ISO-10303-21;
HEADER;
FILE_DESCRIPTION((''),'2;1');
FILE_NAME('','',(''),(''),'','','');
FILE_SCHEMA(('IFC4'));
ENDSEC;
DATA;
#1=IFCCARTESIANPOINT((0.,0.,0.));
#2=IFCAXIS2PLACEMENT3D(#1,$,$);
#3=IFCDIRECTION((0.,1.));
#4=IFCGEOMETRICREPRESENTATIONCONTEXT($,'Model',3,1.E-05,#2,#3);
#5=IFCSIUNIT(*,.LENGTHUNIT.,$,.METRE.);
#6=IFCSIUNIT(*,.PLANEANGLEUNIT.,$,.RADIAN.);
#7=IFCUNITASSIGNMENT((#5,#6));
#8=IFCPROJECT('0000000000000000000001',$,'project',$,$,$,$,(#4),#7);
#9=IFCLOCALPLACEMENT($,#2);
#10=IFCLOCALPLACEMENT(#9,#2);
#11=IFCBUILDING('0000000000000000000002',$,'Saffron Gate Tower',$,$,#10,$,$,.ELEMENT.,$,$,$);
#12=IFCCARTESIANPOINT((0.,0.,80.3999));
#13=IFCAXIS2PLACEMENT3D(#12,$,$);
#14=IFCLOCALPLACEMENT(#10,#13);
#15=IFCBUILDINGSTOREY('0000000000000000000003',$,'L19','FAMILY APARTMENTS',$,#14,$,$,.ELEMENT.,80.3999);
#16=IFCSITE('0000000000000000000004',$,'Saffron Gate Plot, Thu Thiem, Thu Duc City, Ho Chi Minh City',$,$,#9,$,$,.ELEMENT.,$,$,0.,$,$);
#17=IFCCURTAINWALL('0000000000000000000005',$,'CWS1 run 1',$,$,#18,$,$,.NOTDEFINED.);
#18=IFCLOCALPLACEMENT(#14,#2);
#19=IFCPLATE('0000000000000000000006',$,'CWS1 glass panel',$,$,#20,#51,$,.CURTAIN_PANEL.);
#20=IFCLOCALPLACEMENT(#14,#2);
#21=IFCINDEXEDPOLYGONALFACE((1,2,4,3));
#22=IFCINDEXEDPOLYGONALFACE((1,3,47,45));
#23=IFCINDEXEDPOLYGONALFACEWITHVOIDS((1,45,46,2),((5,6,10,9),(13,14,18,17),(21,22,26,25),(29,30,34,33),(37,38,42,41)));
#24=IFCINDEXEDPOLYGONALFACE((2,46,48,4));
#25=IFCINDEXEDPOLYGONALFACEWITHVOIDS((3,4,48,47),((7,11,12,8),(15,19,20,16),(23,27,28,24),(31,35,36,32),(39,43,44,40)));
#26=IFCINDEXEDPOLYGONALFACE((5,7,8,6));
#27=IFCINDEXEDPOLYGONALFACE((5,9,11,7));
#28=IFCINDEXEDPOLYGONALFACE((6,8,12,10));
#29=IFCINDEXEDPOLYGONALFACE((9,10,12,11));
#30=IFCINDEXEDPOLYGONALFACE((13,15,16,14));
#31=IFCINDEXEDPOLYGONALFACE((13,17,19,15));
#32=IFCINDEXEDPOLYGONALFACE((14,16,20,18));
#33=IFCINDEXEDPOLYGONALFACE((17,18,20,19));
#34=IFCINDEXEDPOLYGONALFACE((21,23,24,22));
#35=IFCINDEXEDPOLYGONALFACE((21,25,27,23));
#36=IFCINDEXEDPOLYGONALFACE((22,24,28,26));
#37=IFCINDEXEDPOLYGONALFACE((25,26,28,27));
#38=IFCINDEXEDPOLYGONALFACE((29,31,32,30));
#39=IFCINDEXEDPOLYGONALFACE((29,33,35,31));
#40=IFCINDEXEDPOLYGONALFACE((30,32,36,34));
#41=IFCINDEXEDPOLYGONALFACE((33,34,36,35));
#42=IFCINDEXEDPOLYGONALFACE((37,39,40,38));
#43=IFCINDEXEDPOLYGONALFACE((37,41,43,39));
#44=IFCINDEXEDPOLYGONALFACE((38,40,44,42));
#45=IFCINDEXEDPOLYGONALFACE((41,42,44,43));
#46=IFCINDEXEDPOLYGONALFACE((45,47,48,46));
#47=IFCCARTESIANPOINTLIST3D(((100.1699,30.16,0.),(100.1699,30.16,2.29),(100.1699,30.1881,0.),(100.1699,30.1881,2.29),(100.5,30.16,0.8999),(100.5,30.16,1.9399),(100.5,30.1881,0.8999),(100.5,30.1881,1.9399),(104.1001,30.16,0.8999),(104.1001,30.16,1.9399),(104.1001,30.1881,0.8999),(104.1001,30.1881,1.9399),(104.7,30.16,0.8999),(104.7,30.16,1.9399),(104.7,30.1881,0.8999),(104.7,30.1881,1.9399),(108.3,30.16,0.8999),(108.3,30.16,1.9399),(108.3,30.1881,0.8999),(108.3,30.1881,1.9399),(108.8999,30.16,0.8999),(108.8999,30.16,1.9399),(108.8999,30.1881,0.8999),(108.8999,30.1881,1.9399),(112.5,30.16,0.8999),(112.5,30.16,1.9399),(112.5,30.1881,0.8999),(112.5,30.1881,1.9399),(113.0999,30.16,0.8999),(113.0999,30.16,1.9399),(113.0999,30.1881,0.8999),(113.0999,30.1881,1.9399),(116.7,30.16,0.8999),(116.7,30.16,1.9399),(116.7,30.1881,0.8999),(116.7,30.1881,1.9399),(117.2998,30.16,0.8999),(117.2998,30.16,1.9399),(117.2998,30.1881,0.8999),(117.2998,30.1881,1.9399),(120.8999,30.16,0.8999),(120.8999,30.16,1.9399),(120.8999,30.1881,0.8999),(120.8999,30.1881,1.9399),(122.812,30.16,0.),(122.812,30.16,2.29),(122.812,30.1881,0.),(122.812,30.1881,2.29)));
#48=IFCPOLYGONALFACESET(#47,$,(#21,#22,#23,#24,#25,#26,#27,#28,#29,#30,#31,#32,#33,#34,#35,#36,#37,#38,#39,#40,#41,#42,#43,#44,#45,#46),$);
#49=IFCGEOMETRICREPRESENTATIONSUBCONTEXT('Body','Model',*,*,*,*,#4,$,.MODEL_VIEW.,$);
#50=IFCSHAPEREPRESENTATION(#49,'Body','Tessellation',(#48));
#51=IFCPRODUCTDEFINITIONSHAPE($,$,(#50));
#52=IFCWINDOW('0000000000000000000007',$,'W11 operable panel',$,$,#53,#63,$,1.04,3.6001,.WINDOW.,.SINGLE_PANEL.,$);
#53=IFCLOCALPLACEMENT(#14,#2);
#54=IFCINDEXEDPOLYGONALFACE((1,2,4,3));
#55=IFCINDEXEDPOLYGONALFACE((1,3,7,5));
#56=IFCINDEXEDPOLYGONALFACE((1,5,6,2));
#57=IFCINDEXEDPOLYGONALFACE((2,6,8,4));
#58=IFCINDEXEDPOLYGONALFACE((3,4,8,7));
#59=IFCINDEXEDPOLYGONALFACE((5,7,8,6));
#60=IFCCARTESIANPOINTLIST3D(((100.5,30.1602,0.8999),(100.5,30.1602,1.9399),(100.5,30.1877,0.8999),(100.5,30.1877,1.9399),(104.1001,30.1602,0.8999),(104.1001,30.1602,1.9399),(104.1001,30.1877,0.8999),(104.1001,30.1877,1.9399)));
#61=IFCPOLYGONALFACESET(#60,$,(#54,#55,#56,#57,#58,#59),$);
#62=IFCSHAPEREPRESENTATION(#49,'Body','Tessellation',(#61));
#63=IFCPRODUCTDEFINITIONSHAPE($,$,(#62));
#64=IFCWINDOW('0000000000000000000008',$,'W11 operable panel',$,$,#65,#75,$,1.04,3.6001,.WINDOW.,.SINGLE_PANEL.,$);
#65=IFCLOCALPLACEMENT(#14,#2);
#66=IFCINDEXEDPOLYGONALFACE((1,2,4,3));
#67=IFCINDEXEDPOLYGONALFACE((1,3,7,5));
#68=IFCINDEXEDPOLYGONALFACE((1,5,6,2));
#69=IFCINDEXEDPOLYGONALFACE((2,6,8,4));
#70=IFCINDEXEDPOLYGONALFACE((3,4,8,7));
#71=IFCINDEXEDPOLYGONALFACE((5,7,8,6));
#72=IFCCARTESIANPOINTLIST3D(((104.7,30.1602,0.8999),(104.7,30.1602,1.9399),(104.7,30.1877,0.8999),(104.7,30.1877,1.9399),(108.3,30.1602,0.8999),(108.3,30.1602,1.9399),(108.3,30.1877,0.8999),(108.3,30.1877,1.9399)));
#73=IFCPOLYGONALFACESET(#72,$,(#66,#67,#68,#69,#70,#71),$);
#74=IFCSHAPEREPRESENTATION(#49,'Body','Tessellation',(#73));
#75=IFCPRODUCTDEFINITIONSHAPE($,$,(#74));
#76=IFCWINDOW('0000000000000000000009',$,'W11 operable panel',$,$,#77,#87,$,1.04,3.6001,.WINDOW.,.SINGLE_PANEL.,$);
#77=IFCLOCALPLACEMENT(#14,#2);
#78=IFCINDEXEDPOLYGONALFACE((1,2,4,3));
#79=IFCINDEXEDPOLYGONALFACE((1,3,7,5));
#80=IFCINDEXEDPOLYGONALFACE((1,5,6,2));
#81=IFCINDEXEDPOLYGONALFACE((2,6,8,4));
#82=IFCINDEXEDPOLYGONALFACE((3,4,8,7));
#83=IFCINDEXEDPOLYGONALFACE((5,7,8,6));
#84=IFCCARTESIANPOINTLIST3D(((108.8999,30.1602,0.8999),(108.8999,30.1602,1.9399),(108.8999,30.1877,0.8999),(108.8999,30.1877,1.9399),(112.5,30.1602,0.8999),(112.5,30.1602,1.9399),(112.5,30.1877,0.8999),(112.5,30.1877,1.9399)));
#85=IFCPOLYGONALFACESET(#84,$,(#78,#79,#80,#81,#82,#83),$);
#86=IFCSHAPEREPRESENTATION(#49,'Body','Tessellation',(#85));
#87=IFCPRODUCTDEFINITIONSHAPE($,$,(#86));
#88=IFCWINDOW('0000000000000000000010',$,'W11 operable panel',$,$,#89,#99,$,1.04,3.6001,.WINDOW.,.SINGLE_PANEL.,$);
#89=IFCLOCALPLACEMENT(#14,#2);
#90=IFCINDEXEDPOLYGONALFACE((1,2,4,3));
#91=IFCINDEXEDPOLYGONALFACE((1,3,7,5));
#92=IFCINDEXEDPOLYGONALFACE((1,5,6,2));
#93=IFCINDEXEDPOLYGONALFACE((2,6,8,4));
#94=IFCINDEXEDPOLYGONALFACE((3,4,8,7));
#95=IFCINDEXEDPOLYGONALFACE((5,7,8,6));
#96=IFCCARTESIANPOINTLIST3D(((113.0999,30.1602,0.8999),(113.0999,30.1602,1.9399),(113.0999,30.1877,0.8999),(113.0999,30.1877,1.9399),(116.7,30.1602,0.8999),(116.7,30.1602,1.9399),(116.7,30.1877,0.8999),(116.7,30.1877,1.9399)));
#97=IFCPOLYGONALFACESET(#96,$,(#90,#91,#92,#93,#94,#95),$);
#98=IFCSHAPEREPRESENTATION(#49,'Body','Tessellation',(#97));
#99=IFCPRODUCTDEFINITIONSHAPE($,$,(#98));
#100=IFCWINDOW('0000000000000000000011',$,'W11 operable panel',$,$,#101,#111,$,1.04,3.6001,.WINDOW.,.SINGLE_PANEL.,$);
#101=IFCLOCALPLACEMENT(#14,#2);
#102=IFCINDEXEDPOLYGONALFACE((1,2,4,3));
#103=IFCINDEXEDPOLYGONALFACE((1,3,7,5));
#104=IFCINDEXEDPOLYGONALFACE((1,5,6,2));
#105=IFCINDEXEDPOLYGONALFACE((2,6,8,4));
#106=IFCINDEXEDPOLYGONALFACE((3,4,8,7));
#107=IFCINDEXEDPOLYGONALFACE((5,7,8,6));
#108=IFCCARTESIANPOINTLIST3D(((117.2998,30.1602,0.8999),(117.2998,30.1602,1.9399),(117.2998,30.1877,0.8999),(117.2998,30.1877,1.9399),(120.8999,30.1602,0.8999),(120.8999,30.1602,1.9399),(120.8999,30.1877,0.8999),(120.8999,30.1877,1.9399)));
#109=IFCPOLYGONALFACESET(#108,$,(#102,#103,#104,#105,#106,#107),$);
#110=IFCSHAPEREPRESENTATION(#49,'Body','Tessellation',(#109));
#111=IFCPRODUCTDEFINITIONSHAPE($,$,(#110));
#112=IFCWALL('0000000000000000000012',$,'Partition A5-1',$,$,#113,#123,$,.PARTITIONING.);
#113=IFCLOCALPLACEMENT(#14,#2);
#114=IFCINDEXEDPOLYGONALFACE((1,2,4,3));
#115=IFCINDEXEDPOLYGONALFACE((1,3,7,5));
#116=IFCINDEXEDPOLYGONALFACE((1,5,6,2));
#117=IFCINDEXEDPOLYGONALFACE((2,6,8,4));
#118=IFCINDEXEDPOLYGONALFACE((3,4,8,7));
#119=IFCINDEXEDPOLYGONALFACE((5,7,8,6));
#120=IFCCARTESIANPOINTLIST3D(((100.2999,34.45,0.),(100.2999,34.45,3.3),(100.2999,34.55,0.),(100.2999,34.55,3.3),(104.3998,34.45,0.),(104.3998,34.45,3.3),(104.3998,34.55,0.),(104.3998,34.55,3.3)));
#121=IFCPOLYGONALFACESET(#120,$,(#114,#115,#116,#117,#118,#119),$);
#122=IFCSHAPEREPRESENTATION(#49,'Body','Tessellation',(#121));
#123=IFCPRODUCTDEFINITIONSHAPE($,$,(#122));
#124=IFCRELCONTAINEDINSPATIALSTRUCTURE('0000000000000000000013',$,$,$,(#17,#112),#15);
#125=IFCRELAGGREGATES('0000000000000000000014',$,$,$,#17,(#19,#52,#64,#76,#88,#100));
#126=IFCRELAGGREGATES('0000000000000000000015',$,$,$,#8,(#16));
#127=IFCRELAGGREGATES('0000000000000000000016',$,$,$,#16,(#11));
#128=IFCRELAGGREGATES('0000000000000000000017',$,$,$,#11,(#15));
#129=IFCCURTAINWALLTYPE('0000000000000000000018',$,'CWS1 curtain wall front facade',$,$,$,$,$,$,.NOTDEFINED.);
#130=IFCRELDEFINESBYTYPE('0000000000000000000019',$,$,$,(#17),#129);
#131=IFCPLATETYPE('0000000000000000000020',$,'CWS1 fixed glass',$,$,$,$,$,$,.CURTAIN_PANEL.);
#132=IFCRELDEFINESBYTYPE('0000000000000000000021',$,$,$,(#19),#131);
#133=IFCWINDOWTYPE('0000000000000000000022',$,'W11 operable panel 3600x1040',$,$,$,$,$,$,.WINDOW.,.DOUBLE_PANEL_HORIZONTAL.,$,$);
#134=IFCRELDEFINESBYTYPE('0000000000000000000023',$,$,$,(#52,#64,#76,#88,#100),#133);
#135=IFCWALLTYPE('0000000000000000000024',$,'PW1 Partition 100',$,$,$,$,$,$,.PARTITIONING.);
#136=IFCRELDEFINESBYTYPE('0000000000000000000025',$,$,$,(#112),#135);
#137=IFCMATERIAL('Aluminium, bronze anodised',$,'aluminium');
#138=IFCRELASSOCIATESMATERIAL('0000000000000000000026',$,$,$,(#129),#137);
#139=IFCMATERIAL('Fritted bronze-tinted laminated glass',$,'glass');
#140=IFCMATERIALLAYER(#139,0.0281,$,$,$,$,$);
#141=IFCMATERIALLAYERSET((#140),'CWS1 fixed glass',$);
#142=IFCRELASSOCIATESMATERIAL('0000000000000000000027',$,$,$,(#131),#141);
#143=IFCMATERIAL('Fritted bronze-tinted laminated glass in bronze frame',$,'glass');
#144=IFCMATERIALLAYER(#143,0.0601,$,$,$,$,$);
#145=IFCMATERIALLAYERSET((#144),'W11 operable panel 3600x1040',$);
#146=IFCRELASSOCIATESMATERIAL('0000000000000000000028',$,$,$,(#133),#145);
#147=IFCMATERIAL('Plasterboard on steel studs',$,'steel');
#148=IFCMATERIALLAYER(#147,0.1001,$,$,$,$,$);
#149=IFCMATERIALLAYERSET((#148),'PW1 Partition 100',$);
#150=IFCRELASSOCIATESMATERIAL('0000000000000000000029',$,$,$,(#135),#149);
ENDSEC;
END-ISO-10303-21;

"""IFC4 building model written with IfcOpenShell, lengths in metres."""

from ifc_helpers import new_model, si_unit, direction, frame, frame_2d, origin, place, context, subcontext, project, spatial, rectangle, extrude, material, layer, layer_set, type_object, element, fill, aggregate, save


model = new_model("IFC4")

# Units and contexts
model_context = context("Model", 3, precision=1e-05, world=origin(), true_north=direction((0.0, 1.0)))
body_context = subcontext(model_context, "Body", "Model", "MODEL_VIEW")
ifc_project = project(units=[si_unit("LENGTHUNIT", "METRE"), si_unit("PLANEANGLEUNIT", "RADIAN")], contexts=[model_context])

# Site, building, storey
site_placement = place(None, origin())
site = spatial("IfcSite", under=ifc_project, at=site_placement, Name="Saffron Gate Plot, Thu Thiem, Thu Duc City, Ho Chi Minh City", CompositionType="ELEMENT", RefElevation=0.0)
building_placement = place(site_placement, origin())
building = spatial("IfcBuilding", under=site, at=building_placement, Name="Saffron Gate Tower", CompositionType="ELEMENT")
storey_placement = place(building_placement, frame((0.0, 0.0, 80.3999)))
storey = spatial("IfcBuildingStorey", under=building, at=storey_placement, Name="L19", Description="FAMILY APARTMENTS", CompositionType="ELEMENT", Elevation=80.3999)

# Curtain wall, plate, openings, windows
ifc_material_1 = material(Name="Aluminium, bronze anodised", Category="aluminium")
curtain_wall_type = type_object("IfcCurtainWallType", Name="CWS1 curtain wall front facade", PredefinedType="NOTDEFINED", material=ifc_material_1)
curtain_wall_placement = place(storey_placement, origin())
curtain_wall = element("IfcCurtainWall", 1, at=curtain_wall_placement, inside=storey, type_object=curtain_wall_type, Name="CWS1 run 1", PredefinedType="NOTDEFINED")
ifc_material_2 = material(Name="Fritted bronze-tinted laminated glass", Category="glass")
ifc_layer_1 = layer(ifc_material_2, 0.0281)
ifc_layer_set_1 = layer_set([ifc_layer_1], Name="CWS1 fixed glass")
plate_type = type_object("IfcPlateType", Name="CWS1 fixed glass", PredefinedType="CURTAIN_PANEL", material=ifc_layer_set_1)
plate_placement = place(storey_placement, frame((100.1699, 30.1741, 0.0), z_axis=(0.0, 0.0, 1.0), x_axis=(1.0, 0.0, 0.0)))
plate = element("IfcPlate", 2, at=plate_placement, type_object=plate_type, Name="CWS1 glass panel", PredefinedType="CURTAIN_PANEL", context=body_context, shape_type="SweptSolid", body=[
    extrude(rectangle(XDim=22.6421, YDim=0.0281, at=frame_2d((11.321, 0.0))), origin(), (0.0, 0.0, 1.0), 2.29),
])
opening_1_placement = place(plate_placement, frame((0.3301, 0.0, 0.8999)))
opening_1 = element("IfcOpeningElement", 3, at=opening_1_placement, cuts=plate, PredefinedType="OPENING", context=body_context, shape_type="SweptSolid", body=[
    extrude(rectangle(XDim=3.6001, YDim=1.04, at=frame_2d((1.8, 0.52))), frame((0.0, 0.0239, 0.0), z_axis=(0.0, -1.0, 0.0), x_axis=(1.0, 0.0, 0.0)), (0.0, 0.0, 1.0), 0.0481),
])
opening_2_placement = place(plate_placement, frame((4.53, 0.0, 0.8999)))
opening_2 = element("IfcOpeningElement", 4, at=opening_2_placement, cuts=plate, PredefinedType="OPENING", context=body_context, shape_type="SweptSolid", body=[
    extrude(rectangle(XDim=3.6001, YDim=1.04, at=frame_2d((1.8, 0.52))), frame((0.0, 0.0239, 0.0), z_axis=(0.0, -1.0, 0.0), x_axis=(1.0, 0.0, 0.0)), (0.0, 0.0, 1.0), 0.0481),
])
opening_3_placement = place(plate_placement, frame((8.73, 0.0, 0.8999)))
opening_3 = element("IfcOpeningElement", 5, at=opening_3_placement, cuts=plate, PredefinedType="OPENING", context=body_context, shape_type="SweptSolid", body=[
    extrude(rectangle(XDim=3.6001, YDim=1.04, at=frame_2d((1.8, 0.52))), frame((0.0, 0.0239, 0.0), z_axis=(0.0, -1.0, 0.0), x_axis=(1.0, 0.0, 0.0)), (0.0, 0.0, 1.0), 0.0481),
])
opening_4_placement = place(plate_placement, frame((12.9299, 0.0, 0.8999)))
opening_4 = element("IfcOpeningElement", 6, at=opening_4_placement, cuts=plate, PredefinedType="OPENING", context=body_context, shape_type="SweptSolid", body=[
    extrude(rectangle(XDim=3.6001, YDim=1.04, at=frame_2d((1.8, 0.52))), frame((0.0, 0.0239, 0.0), z_axis=(0.0, -1.0, 0.0), x_axis=(1.0, 0.0, 0.0)), (0.0, 0.0, 1.0), 0.0481),
])
opening_5_placement = place(plate_placement, frame((17.1299, 0.0, 0.8999)))
opening_5 = element("IfcOpeningElement", 7, at=opening_5_placement, cuts=plate, PredefinedType="OPENING", context=body_context, shape_type="SweptSolid", body=[
    extrude(rectangle(XDim=3.6001, YDim=1.04, at=frame_2d((1.8, 0.52))), frame((0.0, 0.0239, 0.0), z_axis=(0.0, -1.0, 0.0), x_axis=(1.0, 0.0, 0.0)), (0.0, 0.0, 1.0), 0.0481),
])
ifc_material_3 = material(Name="Fritted bronze-tinted laminated glass in bronze frame", Category="glass")
ifc_layer_2 = layer(ifc_material_3, 0.0601)
ifc_layer_set_2 = layer_set([ifc_layer_2], Name="W11 operable panel 3600x1040")
window_type = type_object("IfcWindowType", Name="W11 operable panel 3600x1040", PartitioningType="DOUBLE_PANEL_HORIZONTAL", PredefinedType="WINDOW", material=ifc_layer_set_2)
window_1_placement = place(opening_1_placement, origin())
window_1 = element("IfcWindow", 8, at=window_1_placement, type_object=window_type, Name="W11 operable panel", OverallHeight=1.04, OverallWidth=3.6001, PartitioningType="SINGLE_PANEL", PredefinedType="WINDOW", context=body_context, shape_type="SweptSolid", body=[
    extrude(rectangle(XDim=3.6001, YDim=1.04, at=frame_2d((1.8, 0.52))), frame((0.0, 0.0137, 0.0), z_axis=(0.0, -1.0, 0.0), x_axis=(1.0, 0.0, 0.0)), (0.0, 0.0, 1.0), 0.0276),
])
fill(opening_1, window_1)
window_2_placement = place(opening_2_placement, origin())
window_2 = element("IfcWindow", 9, at=window_2_placement, type_object=window_type, Name="W11 operable panel", OverallHeight=1.04, OverallWidth=3.6001, PartitioningType="SINGLE_PANEL", PredefinedType="WINDOW", context=body_context, shape_type="SweptSolid", body=[
    extrude(rectangle(XDim=3.6001, YDim=1.04, at=frame_2d((1.8, 0.52))), frame((0.0, 0.0137, 0.0), z_axis=(0.0, -1.0, 0.0), x_axis=(1.0, 0.0, 0.0)), (0.0, 0.0, 1.0), 0.0276),
])
fill(opening_2, window_2)
window_3_placement = place(opening_3_placement, origin())
window_3 = element("IfcWindow", 10, at=window_3_placement, type_object=window_type, Name="W11 operable panel", OverallHeight=1.04, OverallWidth=3.6001, PartitioningType="SINGLE_PANEL", PredefinedType="WINDOW", context=body_context, shape_type="SweptSolid", body=[
    extrude(rectangle(XDim=3.6001, YDim=1.04, at=frame_2d((1.8, 0.52))), frame((0.0, 0.0137, 0.0), z_axis=(0.0, -1.0, 0.0), x_axis=(1.0, 0.0, 0.0)), (0.0, 0.0, 1.0), 0.0276),
])
fill(opening_3, window_3)
window_4_placement = place(opening_4_placement, origin())
window_4 = element("IfcWindow", 11, at=window_4_placement, type_object=window_type, Name="W11 operable panel", OverallHeight=1.04, OverallWidth=3.6001, PartitioningType="SINGLE_PANEL", PredefinedType="WINDOW", context=body_context, shape_type="SweptSolid", body=[
    extrude(rectangle(XDim=3.6001, YDim=1.04, at=frame_2d((1.8, 0.52))), frame((0.0, 0.0137, 0.0), z_axis=(0.0, -1.0, 0.0), x_axis=(1.0, 0.0, 0.0)), (0.0, 0.0, 1.0), 0.0276),
])
fill(opening_4, window_4)
window_5_placement = place(opening_5_placement, origin())
window_5 = element("IfcWindow", 12, at=window_5_placement, type_object=window_type, Name="W11 operable panel", OverallHeight=1.04, OverallWidth=3.6001, PartitioningType="SINGLE_PANEL", PredefinedType="WINDOW", context=body_context, shape_type="SweptSolid", body=[
    extrude(rectangle(XDim=3.6001, YDim=1.04, at=frame_2d((1.8, 0.52))), frame((0.0, 0.0137, 0.0), z_axis=(0.0, -1.0, 0.0), x_axis=(1.0, 0.0, 0.0)), (0.0, 0.0, 1.0), 0.0276),
])
fill(opening_5, window_5)
aggregate(curtain_wall, [plate, window_1, window_2, window_3, window_4, window_5])

# Wall
ifc_material_4 = material(Name="Plasterboard on steel studs", Category="steel")
ifc_layer_3 = layer(ifc_material_4, 0.1001)
ifc_layer_set_3 = layer_set([ifc_layer_3], Name="PW1 Partition 100")
wall_type_1 = type_object("IfcWallType", Name="PW1 Partition 100", PredefinedType="PARTITIONING", material=ifc_layer_set_3)
wall_1_placement = place(storey_placement, frame((100.3, 34.5, 0.0), z_axis=(0.0, 0.0, 1.0), x_axis=(1.0, 0.0, 0.0)))
element("IfcWall", 13, at=wall_1_placement, inside=storey, type_object=wall_type_1, Name="Partition A5-1", PredefinedType="PARTITIONING", context=body_context, shape_type="SweptSolid", body=[
    extrude(rectangle(XDim=4.0999, YDim=0.1001, at=frame_2d((2.0498, 0.0))), origin(), (0.0, 0.0, 1.0), 3.3),
])

save(model, "model.ifc")
